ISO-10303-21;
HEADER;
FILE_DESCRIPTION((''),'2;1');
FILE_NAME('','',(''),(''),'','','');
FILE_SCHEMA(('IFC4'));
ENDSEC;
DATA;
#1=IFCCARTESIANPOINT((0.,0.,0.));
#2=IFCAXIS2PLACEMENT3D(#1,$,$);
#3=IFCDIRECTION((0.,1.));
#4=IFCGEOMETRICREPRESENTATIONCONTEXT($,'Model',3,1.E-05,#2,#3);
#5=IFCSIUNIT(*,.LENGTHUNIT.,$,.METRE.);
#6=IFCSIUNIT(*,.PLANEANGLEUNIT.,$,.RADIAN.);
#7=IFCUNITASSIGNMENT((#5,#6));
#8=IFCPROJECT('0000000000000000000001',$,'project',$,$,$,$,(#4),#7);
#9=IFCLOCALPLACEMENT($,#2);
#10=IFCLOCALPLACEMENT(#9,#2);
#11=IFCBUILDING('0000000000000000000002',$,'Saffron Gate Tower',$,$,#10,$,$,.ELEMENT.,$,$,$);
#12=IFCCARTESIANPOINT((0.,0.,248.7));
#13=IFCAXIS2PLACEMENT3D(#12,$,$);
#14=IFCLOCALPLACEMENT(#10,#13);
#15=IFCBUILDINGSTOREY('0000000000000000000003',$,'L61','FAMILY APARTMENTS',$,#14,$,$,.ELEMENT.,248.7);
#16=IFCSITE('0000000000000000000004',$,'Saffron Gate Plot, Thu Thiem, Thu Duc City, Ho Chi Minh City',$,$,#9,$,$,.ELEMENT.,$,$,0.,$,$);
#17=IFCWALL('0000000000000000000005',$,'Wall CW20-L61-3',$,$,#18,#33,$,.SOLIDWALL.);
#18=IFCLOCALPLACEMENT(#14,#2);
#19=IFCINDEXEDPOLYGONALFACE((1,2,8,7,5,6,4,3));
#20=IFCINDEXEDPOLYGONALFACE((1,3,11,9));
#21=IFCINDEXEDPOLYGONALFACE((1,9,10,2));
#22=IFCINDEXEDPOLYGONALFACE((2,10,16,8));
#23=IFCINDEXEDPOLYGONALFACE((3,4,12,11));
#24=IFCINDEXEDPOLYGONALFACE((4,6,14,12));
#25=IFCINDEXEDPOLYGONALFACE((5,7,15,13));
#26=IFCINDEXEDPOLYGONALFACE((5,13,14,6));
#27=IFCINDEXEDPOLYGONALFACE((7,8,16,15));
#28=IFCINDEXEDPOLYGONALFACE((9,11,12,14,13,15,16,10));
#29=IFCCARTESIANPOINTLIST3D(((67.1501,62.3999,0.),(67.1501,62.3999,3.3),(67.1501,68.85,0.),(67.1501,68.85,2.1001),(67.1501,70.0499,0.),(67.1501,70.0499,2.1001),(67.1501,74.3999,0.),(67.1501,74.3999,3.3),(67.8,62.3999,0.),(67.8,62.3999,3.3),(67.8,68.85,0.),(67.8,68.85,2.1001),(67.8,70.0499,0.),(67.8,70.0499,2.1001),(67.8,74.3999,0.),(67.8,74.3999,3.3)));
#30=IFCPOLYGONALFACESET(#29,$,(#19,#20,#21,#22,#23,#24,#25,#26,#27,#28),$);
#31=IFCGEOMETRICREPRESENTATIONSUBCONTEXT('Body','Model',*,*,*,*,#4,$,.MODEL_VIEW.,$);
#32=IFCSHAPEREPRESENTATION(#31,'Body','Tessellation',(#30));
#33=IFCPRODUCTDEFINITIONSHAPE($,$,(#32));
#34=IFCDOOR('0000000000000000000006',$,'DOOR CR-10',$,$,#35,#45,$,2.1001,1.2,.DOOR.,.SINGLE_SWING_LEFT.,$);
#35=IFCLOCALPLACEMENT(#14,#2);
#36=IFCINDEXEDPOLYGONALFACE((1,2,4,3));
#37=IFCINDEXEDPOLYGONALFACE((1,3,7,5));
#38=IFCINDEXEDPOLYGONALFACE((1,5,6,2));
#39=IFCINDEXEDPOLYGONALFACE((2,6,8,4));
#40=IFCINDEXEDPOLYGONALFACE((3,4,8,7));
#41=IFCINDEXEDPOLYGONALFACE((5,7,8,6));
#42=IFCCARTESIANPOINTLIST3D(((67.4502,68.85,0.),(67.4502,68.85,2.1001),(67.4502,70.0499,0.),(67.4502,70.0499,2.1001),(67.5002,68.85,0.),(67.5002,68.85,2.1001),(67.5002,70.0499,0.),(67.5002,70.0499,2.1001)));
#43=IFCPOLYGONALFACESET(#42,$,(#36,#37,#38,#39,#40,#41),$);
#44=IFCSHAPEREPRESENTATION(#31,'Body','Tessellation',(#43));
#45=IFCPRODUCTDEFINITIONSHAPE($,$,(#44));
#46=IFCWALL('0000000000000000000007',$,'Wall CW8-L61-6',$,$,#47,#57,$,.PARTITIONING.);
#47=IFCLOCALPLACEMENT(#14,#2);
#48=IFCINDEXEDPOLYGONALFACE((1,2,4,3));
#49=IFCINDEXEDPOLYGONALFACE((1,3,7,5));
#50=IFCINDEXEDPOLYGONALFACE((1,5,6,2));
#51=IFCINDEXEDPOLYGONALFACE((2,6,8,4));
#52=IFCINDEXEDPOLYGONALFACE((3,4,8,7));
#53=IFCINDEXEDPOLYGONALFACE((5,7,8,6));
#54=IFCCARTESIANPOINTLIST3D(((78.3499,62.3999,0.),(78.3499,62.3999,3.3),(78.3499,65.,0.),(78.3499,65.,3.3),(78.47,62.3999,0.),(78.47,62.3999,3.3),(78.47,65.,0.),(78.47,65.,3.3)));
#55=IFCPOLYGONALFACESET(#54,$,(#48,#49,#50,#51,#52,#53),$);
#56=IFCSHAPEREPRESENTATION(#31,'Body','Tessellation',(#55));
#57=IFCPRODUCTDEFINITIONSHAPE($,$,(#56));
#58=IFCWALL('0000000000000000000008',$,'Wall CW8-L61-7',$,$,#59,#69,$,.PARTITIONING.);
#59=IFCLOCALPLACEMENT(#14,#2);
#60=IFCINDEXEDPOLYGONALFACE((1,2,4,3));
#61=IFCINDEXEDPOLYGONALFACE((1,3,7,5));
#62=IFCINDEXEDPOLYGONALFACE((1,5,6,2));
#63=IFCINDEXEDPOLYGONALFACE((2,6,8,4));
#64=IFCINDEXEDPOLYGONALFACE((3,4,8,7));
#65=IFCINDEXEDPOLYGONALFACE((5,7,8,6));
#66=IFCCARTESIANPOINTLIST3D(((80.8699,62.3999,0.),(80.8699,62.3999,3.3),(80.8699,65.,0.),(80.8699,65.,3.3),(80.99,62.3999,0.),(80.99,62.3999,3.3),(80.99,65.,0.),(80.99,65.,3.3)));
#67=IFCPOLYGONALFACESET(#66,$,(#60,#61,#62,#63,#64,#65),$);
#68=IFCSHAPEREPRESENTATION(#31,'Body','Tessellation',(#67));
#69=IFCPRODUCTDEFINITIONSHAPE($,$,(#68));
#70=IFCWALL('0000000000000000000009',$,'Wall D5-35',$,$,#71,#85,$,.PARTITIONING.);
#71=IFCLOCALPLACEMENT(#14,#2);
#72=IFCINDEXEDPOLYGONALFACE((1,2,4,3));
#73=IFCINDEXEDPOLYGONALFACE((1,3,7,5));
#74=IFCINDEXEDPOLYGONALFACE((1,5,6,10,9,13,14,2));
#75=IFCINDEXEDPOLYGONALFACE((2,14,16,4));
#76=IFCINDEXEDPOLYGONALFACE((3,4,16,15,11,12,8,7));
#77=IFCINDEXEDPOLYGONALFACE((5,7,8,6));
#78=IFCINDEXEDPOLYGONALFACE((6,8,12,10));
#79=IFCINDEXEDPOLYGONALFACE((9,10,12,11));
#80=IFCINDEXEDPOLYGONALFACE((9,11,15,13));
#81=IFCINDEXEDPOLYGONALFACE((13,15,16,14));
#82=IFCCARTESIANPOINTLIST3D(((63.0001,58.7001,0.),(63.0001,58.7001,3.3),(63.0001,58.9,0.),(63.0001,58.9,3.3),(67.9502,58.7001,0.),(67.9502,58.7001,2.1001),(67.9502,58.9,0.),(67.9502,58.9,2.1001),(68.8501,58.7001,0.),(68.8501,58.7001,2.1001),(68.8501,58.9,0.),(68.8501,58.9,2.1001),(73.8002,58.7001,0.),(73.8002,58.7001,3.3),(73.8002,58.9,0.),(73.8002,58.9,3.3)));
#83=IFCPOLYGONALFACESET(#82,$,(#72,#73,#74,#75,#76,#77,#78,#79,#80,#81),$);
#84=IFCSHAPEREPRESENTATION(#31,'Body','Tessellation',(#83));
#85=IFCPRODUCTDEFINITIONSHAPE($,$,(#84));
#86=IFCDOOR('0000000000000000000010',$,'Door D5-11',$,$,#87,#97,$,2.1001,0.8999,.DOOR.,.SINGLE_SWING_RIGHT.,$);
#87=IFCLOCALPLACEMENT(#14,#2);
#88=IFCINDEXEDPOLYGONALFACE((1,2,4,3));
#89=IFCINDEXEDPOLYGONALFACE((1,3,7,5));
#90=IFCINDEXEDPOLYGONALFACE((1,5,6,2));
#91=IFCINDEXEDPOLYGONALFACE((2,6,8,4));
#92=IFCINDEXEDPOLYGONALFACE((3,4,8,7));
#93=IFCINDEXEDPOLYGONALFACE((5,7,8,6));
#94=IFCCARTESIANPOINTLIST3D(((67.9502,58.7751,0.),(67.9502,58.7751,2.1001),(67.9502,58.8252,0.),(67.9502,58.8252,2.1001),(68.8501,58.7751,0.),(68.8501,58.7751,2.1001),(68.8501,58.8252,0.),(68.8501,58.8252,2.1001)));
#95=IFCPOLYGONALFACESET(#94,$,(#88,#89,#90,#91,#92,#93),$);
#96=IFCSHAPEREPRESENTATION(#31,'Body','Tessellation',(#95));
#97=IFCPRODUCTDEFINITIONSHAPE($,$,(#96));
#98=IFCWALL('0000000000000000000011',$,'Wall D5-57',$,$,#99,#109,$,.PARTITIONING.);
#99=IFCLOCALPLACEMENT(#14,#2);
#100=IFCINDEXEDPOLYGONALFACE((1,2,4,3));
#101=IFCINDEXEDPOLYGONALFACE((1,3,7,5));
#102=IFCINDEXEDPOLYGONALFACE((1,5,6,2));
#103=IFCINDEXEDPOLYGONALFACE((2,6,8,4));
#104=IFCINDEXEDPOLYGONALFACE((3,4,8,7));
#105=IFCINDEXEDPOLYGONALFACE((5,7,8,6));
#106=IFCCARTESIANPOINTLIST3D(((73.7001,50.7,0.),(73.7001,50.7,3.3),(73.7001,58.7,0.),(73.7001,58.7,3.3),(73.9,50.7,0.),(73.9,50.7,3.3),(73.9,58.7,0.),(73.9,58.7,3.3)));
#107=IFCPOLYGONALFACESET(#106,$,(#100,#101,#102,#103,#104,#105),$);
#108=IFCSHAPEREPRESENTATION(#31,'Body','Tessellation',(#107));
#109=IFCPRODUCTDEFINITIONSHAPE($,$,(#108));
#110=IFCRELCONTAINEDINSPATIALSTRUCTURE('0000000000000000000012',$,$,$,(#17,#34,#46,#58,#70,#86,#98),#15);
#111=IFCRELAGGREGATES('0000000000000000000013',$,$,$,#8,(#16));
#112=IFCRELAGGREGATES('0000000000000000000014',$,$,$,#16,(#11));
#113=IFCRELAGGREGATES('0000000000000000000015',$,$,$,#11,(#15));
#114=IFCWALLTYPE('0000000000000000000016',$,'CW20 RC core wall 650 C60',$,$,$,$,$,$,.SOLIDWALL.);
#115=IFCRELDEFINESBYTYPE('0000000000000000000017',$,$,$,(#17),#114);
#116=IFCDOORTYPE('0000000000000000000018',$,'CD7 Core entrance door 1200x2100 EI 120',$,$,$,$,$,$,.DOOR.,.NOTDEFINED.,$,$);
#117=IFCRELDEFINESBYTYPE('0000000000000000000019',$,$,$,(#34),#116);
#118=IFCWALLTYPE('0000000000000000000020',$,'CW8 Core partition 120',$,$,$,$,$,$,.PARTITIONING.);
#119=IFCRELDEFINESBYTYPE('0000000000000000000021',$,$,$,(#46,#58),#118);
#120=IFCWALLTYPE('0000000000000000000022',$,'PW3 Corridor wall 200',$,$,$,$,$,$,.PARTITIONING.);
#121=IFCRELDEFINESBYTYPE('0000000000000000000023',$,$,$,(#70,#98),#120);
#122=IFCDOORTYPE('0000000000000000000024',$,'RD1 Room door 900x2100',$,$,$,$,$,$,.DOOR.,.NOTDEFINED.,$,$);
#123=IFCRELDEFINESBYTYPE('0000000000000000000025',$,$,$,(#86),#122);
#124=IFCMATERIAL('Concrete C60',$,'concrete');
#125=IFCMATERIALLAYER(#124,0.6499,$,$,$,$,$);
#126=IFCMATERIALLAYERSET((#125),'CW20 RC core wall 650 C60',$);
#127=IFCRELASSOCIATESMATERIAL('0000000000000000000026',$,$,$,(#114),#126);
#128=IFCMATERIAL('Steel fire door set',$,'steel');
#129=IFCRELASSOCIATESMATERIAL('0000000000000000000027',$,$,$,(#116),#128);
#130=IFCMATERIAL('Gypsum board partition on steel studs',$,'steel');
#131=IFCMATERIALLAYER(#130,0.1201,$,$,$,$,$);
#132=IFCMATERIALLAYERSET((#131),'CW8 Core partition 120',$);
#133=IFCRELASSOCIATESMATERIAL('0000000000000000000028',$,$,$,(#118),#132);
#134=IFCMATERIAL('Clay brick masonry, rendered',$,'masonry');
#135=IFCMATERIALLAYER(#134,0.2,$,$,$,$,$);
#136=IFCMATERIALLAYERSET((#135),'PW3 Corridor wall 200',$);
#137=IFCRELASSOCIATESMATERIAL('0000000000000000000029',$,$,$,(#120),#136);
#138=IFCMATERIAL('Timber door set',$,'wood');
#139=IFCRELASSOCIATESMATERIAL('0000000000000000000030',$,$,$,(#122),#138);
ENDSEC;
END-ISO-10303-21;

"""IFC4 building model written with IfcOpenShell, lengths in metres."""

from ifc_helpers import new_model, si_unit, direction, frame, frame_2d, origin, place, context, subcontext, project, spatial, rectangle, extrude, material, layer, layer_set, type_object, element, fill, save


model = new_model("IFC4")

# Units and contexts
model_context = context("Model", 3, precision=1e-05, world=origin(), true_north=direction((0.0, 1.0)))
body_context = subcontext(model_context, "Body", "Model", "MODEL_VIEW")
ifc_project = project(units=[si_unit("LENGTHUNIT", "METRE"), si_unit("PLANEANGLEUNIT", "RADIAN")], contexts=[model_context])

# Site, building, storey
site_placement = place(None, origin())
site = spatial("IfcSite", under=ifc_project, at=site_placement, Name="Saffron Gate Plot, Thu Thiem, Thu Duc City, Ho Chi Minh City", CompositionType="ELEMENT", RefElevation=0.0)
building_placement = place(site_placement, origin())
building = spatial("IfcBuilding", under=site, at=building_placement, Name="Saffron Gate Tower", CompositionType="ELEMENT")
storey_placement = place(building_placement, frame((0.0, 0.0, 248.7)))
storey = spatial("IfcBuildingStorey", under=building, at=storey_placement, Name="L61", Description="FAMILY APARTMENTS", CompositionType="ELEMENT", Elevation=248.7)

# Shared definitions
ifc_material_1 = material(Name="Concrete C60", Category="concrete")

# Shared definitions
ifc_material_2 = material(Name="Steel fire door set", Category="steel")

# Wall, opening, door
ifc_layer_1 = layer(ifc_material_1, 0.6499)
ifc_layer_set_1 = layer_set([ifc_layer_1], Name="CW20 RC core wall 650 C60")
wall_type_1 = type_object("IfcWallType", Name="CW20 RC core wall 650 C60", PredefinedType="SOLIDWALL", material=ifc_layer_set_1)
wall_1_placement = place(storey_placement, frame((67.4751, 62.3999, 0.0), z_axis=(0.0, 0.0, 1.0), x_axis=(0.0, 1.0, 0.0)))
wall_1 = element("IfcWall", 1, at=wall_1_placement, inside=storey, type_object=wall_type_1, Name="Wall CW20-L61-3", PredefinedType="SOLIDWALL", context=body_context, shape_type="SweptSolid", body=[
    extrude(rectangle(XDim=12.0, YDim=0.6499, at=frame_2d((6.0, 0.0))), origin(), (0.0, 0.0, 1.0), 3.3),
])
opening_1_placement = place(wall_1_placement, frame((6.45, 0.0, 0.0)))
opening_1 = element("IfcOpeningElement", 2, at=opening_1_placement, cuts=wall_1, PredefinedType="OPENING", context=body_context, shape_type="SweptSolid", body=[
    extrude(rectangle(XDim=1.2, YDim=2.1001, at=frame_2d((0.6001, 1.05))), frame((0.0, 0.335, 0.0), z_axis=(0.0, -1.0, 0.0), x_axis=(1.0, 0.0, 0.0)), (0.0, 0.0, 1.0), 0.6699),
])
door_type_1 = type_object("IfcDoorType", Name="CD7 Core entrance door 1200x2100 EI 120", OperationType="NOTDEFINED", PredefinedType="DOOR", material=ifc_material_2)
door_1_placement = place(opening_1_placement, origin())
door_1 = element("IfcDoor", 3, at=door_1_placement, inside=storey, type_object=door_type_1, Name="DOOR CR-10", OperationType="SINGLE_SWING_LEFT", OverallHeight=2.1001, OverallWidth=1.2, PredefinedType="DOOR", context=body_context, shape_type="SweptSolid", body=[
    extrude(rectangle(XDim=1.2, YDim=2.1001, at=frame_2d((0.6001, 1.05))), frame((0.0, 0.0249, 0.0), z_axis=(0.0, -1.0, 0.0), x_axis=(1.0, 0.0, 0.0)), (0.0, 0.0, 1.0), 0.05),
])
fill(opening_1, door_1)

# Walls
ifc_material_3 = material(Name="Gypsum board partition on steel studs", Category="steel")
ifc_layer_2 = layer(ifc_material_3, 0.1201)
ifc_layer_set_2 = layer_set([ifc_layer_2], Name="CW8 Core partition 120")
wall_type_2 = type_object("IfcWallType", Name="CW8 Core partition 120", PredefinedType="PARTITIONING", material=ifc_layer_set_2)
for number, where, z_axis, x_axis, name in (
    (4, (78.4099, 62.3999, 0.0), (0.0, 0.0, 1.0), (0.0, 1.0, 0.0), "Wall CW8-L61-6"),
    (5, (80.9299, 62.3999, 0.0), (0.0, 0.0, 1.0), (0.0, 1.0, 0.0), "Wall CW8-L61-7"),
):
    element("IfcWall", number, at=place(storey_placement, frame(where, z_axis=z_axis, x_axis=x_axis)), inside=storey, type_object=wall_type_2, Name=name, PredefinedType="PARTITIONING", context=body_context, shape_type="SweptSolid", body=[
        extrude(rectangle(XDim=2.6001, YDim=0.1201, at=frame_2d((1.3, 0.0))), origin(), (0.0, 0.0, 1.0), 3.3),
    ])

# Wall, opening, door
ifc_material_4 = material(Name="Clay brick masonry, rendered", Category="masonry")
ifc_layer_3 = layer(ifc_material_4, 0.2)
ifc_layer_set_3 = layer_set([ifc_layer_3], Name="PW3 Corridor wall 200")
wall_type_3 = type_object("IfcWallType", Name="PW3 Corridor wall 200", PredefinedType="PARTITIONING", material=ifc_layer_set_3)
wall_2_placement = place(storey_placement, frame((73.8, 58.8, 0.0), z_axis=(0.0, 0.0, 1.0), x_axis=(-1.0, 0.0, 0.0)))
wall_2 = element("IfcWall", 6, at=wall_2_placement, inside=storey, type_object=wall_type_3, Name="Wall D5-35", PredefinedType="PARTITIONING", context=body_context, shape_type="SweptSolid", body=[
    extrude(rectangle(XDim=10.8, YDim=0.2, at=frame_2d((5.3999, 0.0))), origin(), (0.0, 0.0, 1.0), 3.3),
])
opening_2_placement = place(wall_2_placement, frame((4.95, 0.0, 0.0)))
opening_2 = element("IfcOpeningElement", 7, at=opening_2_placement, cuts=wall_2, PredefinedType="OPENING", context=body_context, shape_type="SweptSolid", body=[
    extrude(rectangle(XDim=0.8999, YDim=2.1001, at=frame_2d((0.45, 1.05))), frame((0.0, 0.1099, 0.0), z_axis=(0.0, -1.0, 0.0), x_axis=(1.0, 0.0, 0.0)), (0.0, 0.0, 1.0), 0.22),
])
ifc_material_5 = material(Name="Timber door set", Category="wood")
door_type_2 = type_object("IfcDoorType", Name="RD1 Room door 900x2100", OperationType="NOTDEFINED", PredefinedType="DOOR", material=ifc_material_5)
door_2_placement = place(opening_2_placement, origin())
door_2 = element("IfcDoor", 8, at=door_2_placement, inside=storey, type_object=door_type_2, Name="Door D5-11", OperationType="SINGLE_SWING_RIGHT", OverallHeight=2.1001, OverallWidth=0.8999, PredefinedType="DOOR", context=body_context, shape_type="SweptSolid", body=[
    extrude(rectangle(XDim=0.8999, YDim=2.1001, at=frame_2d((0.45, 1.05))), frame((0.0, 0.0249, 0.0), z_axis=(0.0, -1.0, 0.0), x_axis=(1.0, 0.0, 0.0)), (0.0, 0.0, 1.0), 0.05),
])
fill(opening_2, door_2)

# Wall
wall_3_placement = place(storey_placement, frame((73.8, 58.7, 0.0), z_axis=(0.0, 0.0, 1.0), x_axis=(0.0, -1.0, 0.0)))
element("IfcWall", 9, at=wall_3_placement, inside=storey, type_object=wall_type_3, Name="Wall D5-57", PredefinedType="PARTITIONING", context=body_context, shape_type="SweptSolid", body=[
    extrude(rectangle(XDim=8.0, YDim=0.2, at=frame_2d((4.0, 0.0))), origin(), (0.0, 0.0, 1.0), 3.3),
])

save(model, "model.ifc")
